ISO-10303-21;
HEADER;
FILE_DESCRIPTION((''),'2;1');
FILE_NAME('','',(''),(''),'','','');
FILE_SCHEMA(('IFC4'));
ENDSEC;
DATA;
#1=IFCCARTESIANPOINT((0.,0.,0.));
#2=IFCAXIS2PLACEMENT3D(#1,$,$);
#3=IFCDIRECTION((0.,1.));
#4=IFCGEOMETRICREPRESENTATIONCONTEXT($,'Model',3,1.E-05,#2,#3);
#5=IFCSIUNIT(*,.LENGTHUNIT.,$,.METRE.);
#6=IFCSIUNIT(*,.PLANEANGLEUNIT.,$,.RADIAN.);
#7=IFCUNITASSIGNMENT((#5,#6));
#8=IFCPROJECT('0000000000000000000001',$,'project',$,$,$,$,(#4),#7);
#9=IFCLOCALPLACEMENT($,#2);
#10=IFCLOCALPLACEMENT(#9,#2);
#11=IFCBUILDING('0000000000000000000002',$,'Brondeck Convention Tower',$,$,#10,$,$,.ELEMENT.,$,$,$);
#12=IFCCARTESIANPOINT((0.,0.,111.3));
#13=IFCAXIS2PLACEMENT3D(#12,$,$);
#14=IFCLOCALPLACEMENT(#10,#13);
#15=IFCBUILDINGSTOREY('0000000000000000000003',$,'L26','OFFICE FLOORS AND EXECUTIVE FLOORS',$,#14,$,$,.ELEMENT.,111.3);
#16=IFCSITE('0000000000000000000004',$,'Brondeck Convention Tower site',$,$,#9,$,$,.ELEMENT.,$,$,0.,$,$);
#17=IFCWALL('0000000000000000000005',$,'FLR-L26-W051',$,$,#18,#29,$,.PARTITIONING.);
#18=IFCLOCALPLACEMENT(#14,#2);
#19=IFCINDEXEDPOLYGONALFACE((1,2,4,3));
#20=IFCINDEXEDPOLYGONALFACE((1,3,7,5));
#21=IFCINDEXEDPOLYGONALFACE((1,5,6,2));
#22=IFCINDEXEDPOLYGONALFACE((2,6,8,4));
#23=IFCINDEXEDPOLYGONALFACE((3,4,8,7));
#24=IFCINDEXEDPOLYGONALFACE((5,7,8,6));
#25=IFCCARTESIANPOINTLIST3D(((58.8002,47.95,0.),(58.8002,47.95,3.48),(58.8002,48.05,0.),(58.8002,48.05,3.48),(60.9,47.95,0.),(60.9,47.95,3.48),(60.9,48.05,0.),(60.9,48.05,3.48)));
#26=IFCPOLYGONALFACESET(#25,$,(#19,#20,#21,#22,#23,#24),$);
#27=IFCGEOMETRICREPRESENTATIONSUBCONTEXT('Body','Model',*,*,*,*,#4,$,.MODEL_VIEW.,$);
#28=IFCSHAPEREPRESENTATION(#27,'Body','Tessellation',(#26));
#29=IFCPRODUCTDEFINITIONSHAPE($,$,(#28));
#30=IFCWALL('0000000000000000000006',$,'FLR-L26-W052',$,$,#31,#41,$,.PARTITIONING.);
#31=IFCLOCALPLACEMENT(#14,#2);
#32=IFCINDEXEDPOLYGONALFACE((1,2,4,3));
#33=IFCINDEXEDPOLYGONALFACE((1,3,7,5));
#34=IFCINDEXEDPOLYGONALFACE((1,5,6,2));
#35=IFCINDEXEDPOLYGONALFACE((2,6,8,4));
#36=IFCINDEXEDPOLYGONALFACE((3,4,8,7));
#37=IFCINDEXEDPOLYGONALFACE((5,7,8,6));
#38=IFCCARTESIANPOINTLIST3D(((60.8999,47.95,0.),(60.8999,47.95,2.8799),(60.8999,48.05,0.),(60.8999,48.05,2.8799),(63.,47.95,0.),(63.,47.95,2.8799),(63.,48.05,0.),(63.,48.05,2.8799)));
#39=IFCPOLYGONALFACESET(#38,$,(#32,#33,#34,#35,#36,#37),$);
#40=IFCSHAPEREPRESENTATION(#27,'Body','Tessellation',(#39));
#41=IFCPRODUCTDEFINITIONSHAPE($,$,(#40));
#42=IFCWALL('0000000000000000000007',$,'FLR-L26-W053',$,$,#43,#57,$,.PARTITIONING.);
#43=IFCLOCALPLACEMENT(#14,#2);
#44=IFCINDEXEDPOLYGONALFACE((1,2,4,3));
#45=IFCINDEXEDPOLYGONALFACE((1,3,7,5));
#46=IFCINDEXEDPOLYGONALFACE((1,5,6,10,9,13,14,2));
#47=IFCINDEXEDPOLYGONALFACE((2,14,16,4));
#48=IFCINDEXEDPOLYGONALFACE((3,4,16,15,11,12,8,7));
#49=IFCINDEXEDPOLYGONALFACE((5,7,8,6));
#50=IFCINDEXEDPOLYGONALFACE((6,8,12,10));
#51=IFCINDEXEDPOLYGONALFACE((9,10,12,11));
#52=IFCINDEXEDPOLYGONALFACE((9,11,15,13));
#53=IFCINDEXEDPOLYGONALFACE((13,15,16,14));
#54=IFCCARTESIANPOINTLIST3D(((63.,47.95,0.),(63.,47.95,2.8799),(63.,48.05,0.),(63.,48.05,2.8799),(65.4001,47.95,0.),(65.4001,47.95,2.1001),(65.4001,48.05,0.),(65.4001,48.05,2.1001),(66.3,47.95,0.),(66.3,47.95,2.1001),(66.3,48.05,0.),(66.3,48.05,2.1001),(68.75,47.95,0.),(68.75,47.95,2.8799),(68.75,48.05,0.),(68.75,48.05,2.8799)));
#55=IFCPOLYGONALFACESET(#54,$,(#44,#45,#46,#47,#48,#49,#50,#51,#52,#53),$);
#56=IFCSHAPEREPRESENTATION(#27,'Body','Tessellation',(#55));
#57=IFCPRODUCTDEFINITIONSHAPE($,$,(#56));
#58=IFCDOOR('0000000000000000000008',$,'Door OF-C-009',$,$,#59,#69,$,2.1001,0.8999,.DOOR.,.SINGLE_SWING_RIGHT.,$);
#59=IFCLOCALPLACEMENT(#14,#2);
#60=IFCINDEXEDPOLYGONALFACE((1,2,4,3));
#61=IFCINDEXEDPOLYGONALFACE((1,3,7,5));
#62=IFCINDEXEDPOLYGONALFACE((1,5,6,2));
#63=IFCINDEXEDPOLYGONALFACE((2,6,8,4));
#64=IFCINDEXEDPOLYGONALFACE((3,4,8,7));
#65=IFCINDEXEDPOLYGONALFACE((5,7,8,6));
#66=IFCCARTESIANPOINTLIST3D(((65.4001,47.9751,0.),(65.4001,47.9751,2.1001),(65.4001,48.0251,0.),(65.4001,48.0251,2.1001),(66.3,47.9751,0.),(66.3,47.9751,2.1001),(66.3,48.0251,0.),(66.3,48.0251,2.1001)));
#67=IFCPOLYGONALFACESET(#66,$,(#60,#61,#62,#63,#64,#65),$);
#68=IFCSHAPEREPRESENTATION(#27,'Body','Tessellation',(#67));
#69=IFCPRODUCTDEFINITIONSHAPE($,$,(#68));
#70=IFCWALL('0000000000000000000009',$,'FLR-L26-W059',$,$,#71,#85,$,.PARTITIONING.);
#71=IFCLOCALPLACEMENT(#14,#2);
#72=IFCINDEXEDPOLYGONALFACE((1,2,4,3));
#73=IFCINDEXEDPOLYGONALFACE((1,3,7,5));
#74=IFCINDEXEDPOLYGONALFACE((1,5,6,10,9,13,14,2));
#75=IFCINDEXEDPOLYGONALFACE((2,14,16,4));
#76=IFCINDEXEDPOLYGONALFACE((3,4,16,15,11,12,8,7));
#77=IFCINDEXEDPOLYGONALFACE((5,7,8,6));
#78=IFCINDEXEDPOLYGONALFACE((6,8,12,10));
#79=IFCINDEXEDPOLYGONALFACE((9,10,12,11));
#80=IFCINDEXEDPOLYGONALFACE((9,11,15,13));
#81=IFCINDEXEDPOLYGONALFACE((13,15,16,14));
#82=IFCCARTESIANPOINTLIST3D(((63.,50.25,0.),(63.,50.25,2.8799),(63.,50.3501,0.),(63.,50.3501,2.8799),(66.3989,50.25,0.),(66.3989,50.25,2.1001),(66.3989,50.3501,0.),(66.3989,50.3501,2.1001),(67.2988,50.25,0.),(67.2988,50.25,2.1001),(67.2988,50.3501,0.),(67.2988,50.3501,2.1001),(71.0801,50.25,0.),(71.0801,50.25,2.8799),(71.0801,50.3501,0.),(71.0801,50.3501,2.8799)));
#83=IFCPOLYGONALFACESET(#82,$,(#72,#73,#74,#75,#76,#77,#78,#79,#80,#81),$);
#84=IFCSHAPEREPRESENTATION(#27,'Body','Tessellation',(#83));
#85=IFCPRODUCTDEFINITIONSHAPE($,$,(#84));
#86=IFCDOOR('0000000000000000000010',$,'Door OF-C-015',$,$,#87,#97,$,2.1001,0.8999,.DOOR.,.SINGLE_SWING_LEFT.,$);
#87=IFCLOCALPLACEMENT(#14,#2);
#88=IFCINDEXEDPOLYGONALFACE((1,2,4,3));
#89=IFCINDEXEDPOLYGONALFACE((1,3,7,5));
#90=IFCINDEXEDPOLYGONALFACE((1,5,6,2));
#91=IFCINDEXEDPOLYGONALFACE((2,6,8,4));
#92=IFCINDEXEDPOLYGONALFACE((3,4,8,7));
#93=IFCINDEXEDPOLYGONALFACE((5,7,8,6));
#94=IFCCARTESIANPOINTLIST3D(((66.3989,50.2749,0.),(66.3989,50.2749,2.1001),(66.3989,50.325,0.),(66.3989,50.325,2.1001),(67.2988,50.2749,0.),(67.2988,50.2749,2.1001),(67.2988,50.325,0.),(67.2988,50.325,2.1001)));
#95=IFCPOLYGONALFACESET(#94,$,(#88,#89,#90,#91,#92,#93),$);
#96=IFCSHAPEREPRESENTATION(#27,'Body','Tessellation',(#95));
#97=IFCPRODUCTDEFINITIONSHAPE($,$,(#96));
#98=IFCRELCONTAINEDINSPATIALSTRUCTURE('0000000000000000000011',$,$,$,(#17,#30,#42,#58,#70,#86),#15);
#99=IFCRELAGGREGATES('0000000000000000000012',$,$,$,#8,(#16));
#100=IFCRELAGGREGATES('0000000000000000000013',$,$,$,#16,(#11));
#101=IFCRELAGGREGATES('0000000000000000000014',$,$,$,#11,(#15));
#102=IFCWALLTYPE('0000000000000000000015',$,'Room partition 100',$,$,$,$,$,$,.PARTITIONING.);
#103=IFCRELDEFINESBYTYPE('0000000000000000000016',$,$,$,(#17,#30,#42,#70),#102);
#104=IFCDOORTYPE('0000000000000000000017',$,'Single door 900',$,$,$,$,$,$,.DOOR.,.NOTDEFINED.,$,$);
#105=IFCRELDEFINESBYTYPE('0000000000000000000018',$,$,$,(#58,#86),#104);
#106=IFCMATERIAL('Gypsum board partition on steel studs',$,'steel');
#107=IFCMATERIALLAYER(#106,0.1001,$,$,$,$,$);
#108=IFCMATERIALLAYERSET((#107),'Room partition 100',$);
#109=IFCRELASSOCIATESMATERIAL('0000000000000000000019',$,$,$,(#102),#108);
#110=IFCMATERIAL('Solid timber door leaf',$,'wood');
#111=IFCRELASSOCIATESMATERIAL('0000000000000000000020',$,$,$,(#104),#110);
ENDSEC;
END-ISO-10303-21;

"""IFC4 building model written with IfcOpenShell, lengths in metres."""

from ifc_helpers import new_model, si_unit, direction, frame, frame_2d, origin, place, context, subcontext, project, spatial, rectangle, extrude, material, layer, layer_set, type_object, element, fill, save


model = new_model("IFC4")

# Units and contexts
model_context = context("Model", 3, precision=1e-05, world=origin(), true_north=direction((0.0, 1.0)))
body_context = subcontext(model_context, "Body", "Model", "MODEL_VIEW")
ifc_project = project(units=[si_unit("LENGTHUNIT", "METRE"), si_unit("PLANEANGLEUNIT", "RADIAN")], contexts=[model_context])

# Site, building, storey
site_placement = place(None, origin())
site = spatial("IfcSite", under=ifc_project, at=site_placement, Name="Brondeck Convention Tower site", CompositionType="ELEMENT", RefElevation=0.0)
building_placement = place(site_placement, origin())
building = spatial("IfcBuilding", under=site, at=building_placement, Name="Brondeck Convention Tower", CompositionType="ELEMENT")
storey_placement = place(building_placement, frame((0.0, 0.0, 111.3)))
storey = spatial("IfcBuildingStorey", under=building, at=storey_placement, Name="L26", Description="OFFICE FLOORS AND EXECUTIVE FLOORS", CompositionType="ELEMENT", Elevation=111.3)

# Walls
ifc_material_1 = material(Name="Gypsum board partition on steel studs", Category="steel")
ifc_layer = layer(ifc_material_1, 0.1001)
ifc_layer_set = layer_set([ifc_layer], Name="Room partition 100")
wall_type = type_object("IfcWallType", Name="Room partition 100", PredefinedType="PARTITIONING", material=ifc_layer_set)
wall_1_placement = place(storey_placement, frame((60.8999, 48.0, 0.0), z_axis=(0.0, 0.0, 1.0), x_axis=(-1.0, 0.0, 0.0)))
element("IfcWall", 1, at=wall_1_placement, inside=storey, type_object=wall_type, Name="FLR-L26-W051", PredefinedType="PARTITIONING", context=body_context, shape_type="SweptSolid", body=[
    extrude(rectangle(XDim=2.0999, YDim=0.1001, at=frame_2d((1.0498, 0.0))), origin(), (0.0, 0.0, 1.0), 3.48),
])
wall_2_placement = place(storey_placement, frame((63.0, 48.0, 0.0), z_axis=(0.0, 0.0, 1.0), x_axis=(-1.0, 0.0, 0.0)))
element("IfcWall", 2, at=wall_2_placement, inside=storey, type_object=wall_type, Name="FLR-L26-W052", PredefinedType="PARTITIONING", context=body_context, shape_type="SweptSolid", body=[
    extrude(rectangle(XDim=2.1001, YDim=0.1001, at=frame_2d((1.05, 0.0))), origin(), (0.0, 0.0, 1.0), 2.8799),
])

# Walls, openings, doors
wall_3_placement = place(storey_placement, frame((68.75, 48.0, 0.0), z_axis=(0.0, 0.0, 1.0), x_axis=(-1.0, 0.0, 0.0)))
wall_3 = element("IfcWall", 3, at=wall_3_placement, inside=storey, type_object=wall_type, Name="FLR-L26-W053", PredefinedType="PARTITIONING", context=body_context, shape_type="SweptSolid", body=[
    extrude(rectangle(XDim=5.75, YDim=0.1001, at=frame_2d((2.875, 0.0))), origin(), (0.0, 0.0, 1.0), 2.8799),
])
opening_1_placement = place(wall_3_placement, frame((2.45, 0.0, 0.0)))
opening_1 = element("IfcOpeningElement", 4, at=opening_1_placement, cuts=wall_3, PredefinedType="OPENING", context=body_context, shape_type="SweptSolid", body=[
    extrude(rectangle(XDim=0.8999, YDim=2.1001, at=frame_2d((0.45, 1.05))), frame((0.0, 0.0601, 0.0), z_axis=(0.0, -1.0, 0.0), x_axis=(1.0, 0.0, 0.0)), (0.0, 0.0, 1.0), 0.1201),
])
ifc_material_2 = material(Name="Solid timber door leaf", Category="wood")
door_type = type_object("IfcDoorType", Name="Single door 900", OperationType="NOTDEFINED", PredefinedType="DOOR", material=ifc_material_2)
door_1_placement = place(opening_1_placement, origin())
door_1 = element("IfcDoor", 5, at=door_1_placement, inside=storey, type_object=door_type, Name="Door OF-C-009", OperationType="SINGLE_SWING_RIGHT", OverallHeight=2.1001, OverallWidth=0.8999, PredefinedType="DOOR", context=body_context, shape_type="SweptSolid", body=[
    extrude(rectangle(XDim=0.8999, YDim=2.1001, at=frame_2d((0.45, 1.05))), frame((0.0, 0.0249, 0.0), z_axis=(0.0, -1.0, 0.0), x_axis=(1.0, 0.0, 0.0)), (0.0, 0.0, 1.0), 0.05),
])
fill(opening_1, door_1)
wall_4_placement = place(storey_placement, frame((63.0, 50.3, 0.0), z_axis=(0.0, 0.0, 1.0), x_axis=(1.0, 0.0, 0.0)))
wall_4 = element("IfcWall", 6, at=wall_4_placement, inside=storey, type_object=wall_type, Name="FLR-L26-W059", PredefinedType="PARTITIONING", context=body_context, shape_type="SweptSolid", body=[
    extrude(rectangle(XDim=8.0801, YDim=0.1001, at=frame_2d((4.04, 0.0))), origin(), (0.0, 0.0, 1.0), 2.8799),
])
opening_2_placement = place(wall_4_placement, frame((3.3989, 0.0, 0.0)))
opening_2 = element("IfcOpeningElement", 7, at=opening_2_placement, cuts=wall_4, PredefinedType="OPENING", context=body_context, shape_type="SweptSolid", body=[
    extrude(rectangle(XDim=0.8999, YDim=2.1001, at=frame_2d((0.45, 1.05))), frame((0.0, 0.0601, 0.0), z_axis=(0.0, -1.0, 0.0), x_axis=(1.0, 0.0, 0.0)), (0.0, 0.0, 1.0), 0.1201),
])
door_2_placement = place(opening_2_placement, origin())
door_2 = element("IfcDoor", 8, at=door_2_placement, inside=storey, type_object=door_type, Name="Door OF-C-015", OperationType="SINGLE_SWING_LEFT", OverallHeight=2.1001, OverallWidth=0.8999, PredefinedType="DOOR", context=body_context, shape_type="SweptSolid", body=[
    extrude(rectangle(XDim=0.8999, YDim=2.1001, at=frame_2d((0.45, 1.05))), frame((0.0, 0.0249, 0.0), z_axis=(0.0, -1.0, 0.0), x_axis=(1.0, 0.0, 0.0)), (0.0, 0.0, 1.0), 0.05),
])
fill(opening_2, door_2)

save(model, "model.ifc")
